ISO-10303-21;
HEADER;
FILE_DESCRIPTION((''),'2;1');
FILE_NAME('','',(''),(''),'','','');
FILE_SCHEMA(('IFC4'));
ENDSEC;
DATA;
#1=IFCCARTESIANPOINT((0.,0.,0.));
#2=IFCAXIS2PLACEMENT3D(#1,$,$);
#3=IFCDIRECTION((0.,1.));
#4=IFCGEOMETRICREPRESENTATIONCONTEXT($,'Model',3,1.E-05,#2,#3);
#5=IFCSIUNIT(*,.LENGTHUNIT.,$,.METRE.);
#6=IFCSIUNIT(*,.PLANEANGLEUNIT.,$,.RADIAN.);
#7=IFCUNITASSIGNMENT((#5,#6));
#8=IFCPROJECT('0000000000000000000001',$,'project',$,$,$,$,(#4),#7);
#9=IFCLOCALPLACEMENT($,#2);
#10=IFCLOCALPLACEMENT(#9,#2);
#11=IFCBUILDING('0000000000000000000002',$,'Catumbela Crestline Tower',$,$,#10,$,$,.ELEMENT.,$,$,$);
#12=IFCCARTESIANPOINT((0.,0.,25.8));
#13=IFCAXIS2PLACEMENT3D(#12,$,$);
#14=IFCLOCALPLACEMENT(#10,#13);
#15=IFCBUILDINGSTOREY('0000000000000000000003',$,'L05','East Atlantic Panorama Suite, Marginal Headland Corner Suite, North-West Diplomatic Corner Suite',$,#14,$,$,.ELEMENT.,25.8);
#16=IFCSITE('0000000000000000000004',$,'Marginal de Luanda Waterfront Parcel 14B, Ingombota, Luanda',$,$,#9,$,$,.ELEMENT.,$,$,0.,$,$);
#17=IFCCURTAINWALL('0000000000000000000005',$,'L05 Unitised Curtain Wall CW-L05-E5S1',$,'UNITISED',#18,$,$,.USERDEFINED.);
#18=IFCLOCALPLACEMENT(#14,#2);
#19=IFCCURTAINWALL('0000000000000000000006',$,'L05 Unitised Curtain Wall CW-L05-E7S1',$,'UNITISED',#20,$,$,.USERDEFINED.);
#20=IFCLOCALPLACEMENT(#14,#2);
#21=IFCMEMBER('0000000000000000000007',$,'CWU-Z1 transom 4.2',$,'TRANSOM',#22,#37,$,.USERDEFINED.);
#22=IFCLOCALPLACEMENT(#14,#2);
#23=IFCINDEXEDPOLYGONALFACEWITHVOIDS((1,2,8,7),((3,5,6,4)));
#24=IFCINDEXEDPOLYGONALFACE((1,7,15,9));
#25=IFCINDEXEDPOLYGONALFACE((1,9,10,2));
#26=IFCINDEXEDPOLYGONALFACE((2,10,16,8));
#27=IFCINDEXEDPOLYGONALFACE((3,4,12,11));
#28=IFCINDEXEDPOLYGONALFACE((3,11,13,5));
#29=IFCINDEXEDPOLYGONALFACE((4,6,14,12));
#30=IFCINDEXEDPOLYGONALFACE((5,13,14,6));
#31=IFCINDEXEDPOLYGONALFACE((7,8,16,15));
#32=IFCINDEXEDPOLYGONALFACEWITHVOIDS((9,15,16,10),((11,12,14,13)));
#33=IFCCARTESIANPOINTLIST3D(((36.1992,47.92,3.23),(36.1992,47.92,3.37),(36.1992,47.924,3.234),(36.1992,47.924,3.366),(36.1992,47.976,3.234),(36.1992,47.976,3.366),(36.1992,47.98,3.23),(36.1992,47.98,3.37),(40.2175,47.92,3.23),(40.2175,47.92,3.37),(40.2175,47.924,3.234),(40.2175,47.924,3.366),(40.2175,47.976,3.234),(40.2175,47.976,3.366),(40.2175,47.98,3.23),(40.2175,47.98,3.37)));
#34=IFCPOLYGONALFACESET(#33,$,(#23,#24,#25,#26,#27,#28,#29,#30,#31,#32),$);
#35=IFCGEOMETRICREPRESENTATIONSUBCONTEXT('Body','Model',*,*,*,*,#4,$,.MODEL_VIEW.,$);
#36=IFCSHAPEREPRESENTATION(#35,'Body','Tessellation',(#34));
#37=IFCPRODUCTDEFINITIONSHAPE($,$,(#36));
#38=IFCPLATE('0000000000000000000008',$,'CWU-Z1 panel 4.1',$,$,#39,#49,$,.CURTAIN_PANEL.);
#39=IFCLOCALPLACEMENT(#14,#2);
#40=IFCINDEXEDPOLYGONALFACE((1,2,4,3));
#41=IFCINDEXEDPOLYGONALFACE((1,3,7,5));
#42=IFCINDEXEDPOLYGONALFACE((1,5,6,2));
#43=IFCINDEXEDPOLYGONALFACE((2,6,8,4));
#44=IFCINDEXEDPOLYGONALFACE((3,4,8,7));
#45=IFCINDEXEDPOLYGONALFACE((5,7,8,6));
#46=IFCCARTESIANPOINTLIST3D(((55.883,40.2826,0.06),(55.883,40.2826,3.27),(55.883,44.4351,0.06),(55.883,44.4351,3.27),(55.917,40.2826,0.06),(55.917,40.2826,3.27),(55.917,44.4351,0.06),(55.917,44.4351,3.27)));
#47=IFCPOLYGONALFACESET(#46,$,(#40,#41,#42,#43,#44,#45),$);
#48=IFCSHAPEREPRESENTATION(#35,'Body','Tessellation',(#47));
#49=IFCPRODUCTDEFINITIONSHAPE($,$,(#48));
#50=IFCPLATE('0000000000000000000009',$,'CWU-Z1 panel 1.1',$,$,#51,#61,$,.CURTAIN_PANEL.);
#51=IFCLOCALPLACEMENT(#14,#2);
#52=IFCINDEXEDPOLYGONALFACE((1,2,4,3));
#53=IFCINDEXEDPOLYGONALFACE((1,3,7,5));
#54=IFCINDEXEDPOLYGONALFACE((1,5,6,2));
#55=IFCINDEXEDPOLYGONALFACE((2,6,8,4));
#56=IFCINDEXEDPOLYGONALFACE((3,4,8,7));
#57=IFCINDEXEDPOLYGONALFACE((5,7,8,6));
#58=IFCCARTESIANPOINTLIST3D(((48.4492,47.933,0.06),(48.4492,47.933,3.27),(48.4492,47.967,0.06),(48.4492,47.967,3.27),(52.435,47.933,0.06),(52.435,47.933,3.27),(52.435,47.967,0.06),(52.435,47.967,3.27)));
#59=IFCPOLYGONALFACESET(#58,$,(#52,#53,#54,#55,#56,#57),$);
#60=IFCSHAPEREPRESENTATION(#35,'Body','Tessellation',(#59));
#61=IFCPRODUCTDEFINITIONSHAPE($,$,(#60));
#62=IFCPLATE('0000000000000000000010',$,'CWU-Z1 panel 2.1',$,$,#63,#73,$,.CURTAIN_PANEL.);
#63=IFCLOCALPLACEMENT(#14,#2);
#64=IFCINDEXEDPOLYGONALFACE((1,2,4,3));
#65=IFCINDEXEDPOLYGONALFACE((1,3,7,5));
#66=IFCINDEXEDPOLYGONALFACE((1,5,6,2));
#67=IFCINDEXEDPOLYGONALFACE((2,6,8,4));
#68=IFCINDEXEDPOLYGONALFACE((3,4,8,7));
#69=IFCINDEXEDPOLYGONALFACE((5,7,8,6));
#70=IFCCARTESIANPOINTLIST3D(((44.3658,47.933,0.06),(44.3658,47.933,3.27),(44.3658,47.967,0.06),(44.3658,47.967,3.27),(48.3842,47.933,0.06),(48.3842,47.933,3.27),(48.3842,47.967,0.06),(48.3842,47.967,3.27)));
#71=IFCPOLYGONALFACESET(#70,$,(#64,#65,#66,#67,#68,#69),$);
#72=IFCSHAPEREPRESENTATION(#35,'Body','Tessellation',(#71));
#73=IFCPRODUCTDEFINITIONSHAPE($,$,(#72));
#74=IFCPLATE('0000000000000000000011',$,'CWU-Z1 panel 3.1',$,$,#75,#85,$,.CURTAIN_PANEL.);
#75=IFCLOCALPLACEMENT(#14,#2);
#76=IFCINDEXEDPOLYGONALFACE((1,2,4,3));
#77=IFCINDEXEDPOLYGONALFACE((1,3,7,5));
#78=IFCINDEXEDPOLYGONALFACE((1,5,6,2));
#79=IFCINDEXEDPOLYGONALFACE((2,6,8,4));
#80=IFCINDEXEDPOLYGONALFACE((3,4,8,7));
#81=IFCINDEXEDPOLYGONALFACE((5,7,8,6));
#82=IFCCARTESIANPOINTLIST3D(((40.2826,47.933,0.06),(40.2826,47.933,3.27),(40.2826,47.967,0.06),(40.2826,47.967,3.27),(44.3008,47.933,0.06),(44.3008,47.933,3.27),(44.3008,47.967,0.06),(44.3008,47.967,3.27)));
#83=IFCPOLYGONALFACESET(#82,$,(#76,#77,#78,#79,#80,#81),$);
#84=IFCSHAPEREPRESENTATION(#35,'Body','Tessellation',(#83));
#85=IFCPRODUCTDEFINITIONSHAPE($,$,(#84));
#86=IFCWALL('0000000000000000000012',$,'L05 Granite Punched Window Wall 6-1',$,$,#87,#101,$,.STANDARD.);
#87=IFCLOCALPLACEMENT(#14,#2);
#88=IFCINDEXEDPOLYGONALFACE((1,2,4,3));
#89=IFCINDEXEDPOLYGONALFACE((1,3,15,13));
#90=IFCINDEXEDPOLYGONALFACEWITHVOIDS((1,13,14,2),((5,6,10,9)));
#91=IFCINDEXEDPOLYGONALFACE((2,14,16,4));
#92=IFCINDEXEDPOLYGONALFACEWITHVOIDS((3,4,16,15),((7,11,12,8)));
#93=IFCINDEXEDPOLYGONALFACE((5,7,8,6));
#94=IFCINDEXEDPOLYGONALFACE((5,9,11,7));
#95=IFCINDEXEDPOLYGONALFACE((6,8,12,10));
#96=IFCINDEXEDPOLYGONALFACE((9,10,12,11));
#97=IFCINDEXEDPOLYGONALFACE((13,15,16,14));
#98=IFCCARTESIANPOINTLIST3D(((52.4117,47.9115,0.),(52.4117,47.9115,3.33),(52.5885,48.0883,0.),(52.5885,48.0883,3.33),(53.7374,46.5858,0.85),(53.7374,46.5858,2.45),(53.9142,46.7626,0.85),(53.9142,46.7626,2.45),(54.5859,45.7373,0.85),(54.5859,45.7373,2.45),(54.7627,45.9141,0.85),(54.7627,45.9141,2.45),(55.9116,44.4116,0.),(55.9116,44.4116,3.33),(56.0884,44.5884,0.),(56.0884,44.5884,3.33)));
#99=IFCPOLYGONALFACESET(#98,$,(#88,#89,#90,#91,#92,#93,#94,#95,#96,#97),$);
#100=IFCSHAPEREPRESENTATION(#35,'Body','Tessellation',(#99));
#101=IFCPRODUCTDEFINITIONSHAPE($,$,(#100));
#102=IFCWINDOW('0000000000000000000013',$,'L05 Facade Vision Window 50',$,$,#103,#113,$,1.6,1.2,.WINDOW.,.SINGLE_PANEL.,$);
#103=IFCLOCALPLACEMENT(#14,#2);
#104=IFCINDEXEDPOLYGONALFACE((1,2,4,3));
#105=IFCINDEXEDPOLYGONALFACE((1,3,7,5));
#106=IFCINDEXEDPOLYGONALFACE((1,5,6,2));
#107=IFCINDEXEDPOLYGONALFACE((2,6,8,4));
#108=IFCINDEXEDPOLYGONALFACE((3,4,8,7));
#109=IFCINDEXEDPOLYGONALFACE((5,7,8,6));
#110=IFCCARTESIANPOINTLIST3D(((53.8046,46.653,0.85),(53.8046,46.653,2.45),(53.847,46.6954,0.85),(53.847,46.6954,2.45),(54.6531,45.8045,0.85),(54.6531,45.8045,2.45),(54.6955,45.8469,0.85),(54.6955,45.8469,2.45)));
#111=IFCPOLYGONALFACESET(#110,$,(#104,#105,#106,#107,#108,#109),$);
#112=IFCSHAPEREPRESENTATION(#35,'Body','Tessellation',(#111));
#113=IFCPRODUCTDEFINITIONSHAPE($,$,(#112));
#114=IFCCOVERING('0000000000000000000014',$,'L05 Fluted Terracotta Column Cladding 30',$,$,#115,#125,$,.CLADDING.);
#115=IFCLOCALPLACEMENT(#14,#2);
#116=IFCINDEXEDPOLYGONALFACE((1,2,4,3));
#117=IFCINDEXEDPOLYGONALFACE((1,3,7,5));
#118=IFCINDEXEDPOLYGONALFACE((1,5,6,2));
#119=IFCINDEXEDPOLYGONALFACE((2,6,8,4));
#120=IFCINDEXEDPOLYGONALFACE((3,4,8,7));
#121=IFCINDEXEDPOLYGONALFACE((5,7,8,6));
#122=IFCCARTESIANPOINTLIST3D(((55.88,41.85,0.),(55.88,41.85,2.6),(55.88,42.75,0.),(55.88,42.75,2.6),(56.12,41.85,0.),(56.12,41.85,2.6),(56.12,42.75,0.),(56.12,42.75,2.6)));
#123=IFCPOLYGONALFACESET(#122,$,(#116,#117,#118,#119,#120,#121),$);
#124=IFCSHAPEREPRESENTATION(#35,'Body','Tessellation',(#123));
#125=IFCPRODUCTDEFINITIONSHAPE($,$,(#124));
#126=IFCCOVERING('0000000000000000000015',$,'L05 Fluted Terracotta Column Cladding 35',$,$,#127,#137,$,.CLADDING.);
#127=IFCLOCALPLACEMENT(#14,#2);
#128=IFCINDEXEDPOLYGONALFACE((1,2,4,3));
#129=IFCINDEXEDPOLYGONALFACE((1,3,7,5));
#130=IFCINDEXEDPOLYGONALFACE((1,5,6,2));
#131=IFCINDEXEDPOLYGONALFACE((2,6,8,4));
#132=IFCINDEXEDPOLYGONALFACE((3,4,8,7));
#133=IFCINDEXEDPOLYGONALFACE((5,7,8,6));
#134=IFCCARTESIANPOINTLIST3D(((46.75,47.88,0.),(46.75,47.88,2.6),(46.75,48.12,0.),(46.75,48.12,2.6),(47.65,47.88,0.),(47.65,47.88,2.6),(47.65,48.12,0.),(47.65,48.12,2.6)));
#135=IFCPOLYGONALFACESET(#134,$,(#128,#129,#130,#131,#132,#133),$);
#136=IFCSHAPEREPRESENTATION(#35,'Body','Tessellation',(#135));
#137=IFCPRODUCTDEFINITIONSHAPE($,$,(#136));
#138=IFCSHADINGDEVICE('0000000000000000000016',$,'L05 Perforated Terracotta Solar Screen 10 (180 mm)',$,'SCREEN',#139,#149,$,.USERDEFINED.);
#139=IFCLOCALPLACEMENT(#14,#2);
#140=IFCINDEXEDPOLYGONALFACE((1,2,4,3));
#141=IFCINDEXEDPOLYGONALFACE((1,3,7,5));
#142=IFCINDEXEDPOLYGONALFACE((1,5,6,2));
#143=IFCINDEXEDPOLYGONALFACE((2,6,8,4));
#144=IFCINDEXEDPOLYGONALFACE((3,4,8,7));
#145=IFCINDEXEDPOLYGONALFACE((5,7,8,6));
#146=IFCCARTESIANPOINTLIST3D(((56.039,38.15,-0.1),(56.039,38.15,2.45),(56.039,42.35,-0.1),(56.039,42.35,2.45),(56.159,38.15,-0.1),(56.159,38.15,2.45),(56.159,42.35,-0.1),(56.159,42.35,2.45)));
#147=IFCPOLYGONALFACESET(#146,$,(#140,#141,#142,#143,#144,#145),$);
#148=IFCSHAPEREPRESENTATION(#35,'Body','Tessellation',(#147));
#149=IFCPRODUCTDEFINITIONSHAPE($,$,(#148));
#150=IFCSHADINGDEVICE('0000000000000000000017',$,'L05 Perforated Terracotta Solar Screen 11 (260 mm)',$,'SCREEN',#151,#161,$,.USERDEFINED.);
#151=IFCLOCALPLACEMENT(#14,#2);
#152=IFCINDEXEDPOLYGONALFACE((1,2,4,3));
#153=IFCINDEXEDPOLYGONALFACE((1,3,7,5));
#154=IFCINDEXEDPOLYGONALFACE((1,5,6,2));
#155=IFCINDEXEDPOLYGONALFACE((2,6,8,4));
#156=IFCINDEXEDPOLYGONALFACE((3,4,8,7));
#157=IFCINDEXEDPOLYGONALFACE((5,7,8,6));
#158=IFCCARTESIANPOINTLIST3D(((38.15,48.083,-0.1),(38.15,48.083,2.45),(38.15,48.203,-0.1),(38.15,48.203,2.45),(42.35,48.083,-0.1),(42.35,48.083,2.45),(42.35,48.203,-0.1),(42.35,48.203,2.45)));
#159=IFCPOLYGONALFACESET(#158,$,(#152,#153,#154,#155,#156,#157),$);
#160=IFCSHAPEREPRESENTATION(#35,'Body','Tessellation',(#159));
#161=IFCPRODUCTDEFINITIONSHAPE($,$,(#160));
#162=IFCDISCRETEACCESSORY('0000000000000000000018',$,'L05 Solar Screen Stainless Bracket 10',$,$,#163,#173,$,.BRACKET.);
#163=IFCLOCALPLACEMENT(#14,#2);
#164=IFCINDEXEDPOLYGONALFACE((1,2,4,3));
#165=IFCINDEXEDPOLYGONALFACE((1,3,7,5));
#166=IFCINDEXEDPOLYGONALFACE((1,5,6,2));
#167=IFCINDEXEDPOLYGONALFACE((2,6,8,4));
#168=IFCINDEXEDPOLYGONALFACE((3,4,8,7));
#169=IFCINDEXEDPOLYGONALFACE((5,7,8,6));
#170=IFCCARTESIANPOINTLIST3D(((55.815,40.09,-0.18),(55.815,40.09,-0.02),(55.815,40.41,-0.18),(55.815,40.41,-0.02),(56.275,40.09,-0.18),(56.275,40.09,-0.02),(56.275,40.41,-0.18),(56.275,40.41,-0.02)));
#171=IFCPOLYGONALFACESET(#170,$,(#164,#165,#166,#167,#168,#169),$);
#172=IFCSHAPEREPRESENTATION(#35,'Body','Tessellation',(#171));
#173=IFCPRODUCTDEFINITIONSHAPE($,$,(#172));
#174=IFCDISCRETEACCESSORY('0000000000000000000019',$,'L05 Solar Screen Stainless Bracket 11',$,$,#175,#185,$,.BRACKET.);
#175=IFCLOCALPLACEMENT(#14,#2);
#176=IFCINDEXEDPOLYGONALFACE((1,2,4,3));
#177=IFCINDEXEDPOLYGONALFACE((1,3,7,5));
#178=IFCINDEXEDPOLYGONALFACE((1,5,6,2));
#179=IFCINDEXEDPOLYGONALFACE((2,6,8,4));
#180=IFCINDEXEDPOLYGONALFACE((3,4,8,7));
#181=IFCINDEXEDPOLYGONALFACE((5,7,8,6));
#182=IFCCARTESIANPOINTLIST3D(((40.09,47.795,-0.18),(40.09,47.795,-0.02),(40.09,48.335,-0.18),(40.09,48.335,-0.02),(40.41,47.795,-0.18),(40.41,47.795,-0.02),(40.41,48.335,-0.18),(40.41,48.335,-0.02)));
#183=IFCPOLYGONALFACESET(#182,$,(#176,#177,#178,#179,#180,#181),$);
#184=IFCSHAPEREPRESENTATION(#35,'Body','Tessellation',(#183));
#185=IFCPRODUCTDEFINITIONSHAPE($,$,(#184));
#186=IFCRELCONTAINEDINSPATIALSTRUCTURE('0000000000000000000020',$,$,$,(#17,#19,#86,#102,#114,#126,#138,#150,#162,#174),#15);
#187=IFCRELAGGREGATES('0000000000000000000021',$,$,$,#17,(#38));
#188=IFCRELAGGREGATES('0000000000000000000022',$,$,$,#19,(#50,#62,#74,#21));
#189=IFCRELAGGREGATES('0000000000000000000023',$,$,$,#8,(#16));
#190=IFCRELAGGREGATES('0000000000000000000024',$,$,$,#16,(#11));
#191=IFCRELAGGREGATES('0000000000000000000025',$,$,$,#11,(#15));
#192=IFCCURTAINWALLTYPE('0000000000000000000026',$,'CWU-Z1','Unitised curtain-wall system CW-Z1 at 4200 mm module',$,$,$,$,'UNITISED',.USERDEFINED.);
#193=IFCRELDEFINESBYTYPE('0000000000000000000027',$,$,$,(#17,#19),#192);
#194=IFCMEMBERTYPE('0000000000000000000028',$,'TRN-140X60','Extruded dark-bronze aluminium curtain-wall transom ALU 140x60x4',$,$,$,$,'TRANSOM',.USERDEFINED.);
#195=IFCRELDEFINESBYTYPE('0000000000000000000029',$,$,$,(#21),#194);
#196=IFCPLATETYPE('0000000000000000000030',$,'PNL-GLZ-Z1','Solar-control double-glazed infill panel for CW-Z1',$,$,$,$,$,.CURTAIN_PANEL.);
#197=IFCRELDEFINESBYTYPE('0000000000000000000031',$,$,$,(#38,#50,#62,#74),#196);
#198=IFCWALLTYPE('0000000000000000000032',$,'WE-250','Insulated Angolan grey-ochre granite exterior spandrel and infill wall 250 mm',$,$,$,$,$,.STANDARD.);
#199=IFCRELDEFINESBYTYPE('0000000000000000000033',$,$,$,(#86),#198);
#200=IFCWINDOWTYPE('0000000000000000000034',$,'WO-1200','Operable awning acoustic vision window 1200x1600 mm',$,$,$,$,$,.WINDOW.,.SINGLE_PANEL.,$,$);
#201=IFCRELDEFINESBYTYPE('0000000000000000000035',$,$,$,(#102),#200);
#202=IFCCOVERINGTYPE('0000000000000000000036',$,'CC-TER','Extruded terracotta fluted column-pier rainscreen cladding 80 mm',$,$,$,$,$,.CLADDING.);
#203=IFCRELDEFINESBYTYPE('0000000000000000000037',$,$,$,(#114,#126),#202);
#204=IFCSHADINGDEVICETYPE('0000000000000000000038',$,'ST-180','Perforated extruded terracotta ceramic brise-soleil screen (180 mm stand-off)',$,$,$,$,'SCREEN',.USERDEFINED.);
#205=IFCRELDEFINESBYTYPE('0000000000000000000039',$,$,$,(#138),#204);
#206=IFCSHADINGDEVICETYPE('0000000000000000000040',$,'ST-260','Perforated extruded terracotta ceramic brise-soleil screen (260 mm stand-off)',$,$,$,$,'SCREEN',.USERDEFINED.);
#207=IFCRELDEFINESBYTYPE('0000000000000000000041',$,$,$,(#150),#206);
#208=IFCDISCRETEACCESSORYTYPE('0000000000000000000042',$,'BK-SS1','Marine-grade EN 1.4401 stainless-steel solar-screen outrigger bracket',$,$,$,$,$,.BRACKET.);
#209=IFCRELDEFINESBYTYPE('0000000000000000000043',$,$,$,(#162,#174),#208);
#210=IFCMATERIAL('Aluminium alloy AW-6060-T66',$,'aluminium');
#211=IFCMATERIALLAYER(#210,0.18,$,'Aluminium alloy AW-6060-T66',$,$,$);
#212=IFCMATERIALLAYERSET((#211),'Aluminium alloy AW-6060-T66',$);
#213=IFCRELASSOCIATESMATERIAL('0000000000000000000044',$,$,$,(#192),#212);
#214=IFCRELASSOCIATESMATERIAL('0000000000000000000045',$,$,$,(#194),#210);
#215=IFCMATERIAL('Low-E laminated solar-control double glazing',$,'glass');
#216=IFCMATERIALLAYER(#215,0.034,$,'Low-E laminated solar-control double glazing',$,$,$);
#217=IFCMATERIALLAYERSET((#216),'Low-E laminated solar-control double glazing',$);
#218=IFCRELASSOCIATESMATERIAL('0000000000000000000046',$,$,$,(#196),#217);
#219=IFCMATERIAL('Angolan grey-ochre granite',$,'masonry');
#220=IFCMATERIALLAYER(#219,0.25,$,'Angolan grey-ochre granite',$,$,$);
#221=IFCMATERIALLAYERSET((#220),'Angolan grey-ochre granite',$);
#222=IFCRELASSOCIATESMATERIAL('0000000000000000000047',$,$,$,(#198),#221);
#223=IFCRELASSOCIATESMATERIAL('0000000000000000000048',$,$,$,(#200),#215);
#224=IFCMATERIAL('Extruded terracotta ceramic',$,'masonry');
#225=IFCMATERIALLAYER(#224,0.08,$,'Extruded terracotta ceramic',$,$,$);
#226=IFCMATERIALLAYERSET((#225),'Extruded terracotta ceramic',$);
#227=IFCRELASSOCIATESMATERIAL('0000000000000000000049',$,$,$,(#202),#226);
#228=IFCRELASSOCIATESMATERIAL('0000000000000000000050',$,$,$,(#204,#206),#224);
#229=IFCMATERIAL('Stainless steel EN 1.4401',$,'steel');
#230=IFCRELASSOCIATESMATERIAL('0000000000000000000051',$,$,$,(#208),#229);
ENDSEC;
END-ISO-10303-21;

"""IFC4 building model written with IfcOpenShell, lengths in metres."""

from ifc_helpers import new_model, si_unit, direction, frame, frame_2d, origin, origin_2d, place, context, subcontext, project, spatial, rectangle, hollow_rectangle, extrude, material, layer, layer_set, material_profile, profile_set, type_object, element, fill, aggregate, save


model = new_model("IFC4")

# Units and contexts
model_context = context("Model", 3, precision=1e-05, world=origin(), true_north=direction((0.0, 1.0)))
body_context = subcontext(model_context, "Body", "Model", "MODEL_VIEW")
ifc_project = project(units=[si_unit("LENGTHUNIT", "METRE"), si_unit("PLANEANGLEUNIT", "RADIAN")], contexts=[model_context])

# Site, building, storey
site_placement = place(None, origin())
site = spatial("IfcSite", under=ifc_project, at=site_placement, Name="Marginal de Luanda Waterfront Parcel 14B, Ingombota, Luanda", CompositionType="ELEMENT", RefElevation=0.0)
building_placement = place(site_placement, origin())
building = spatial("IfcBuilding", under=site, at=building_placement, Name="Catumbela Crestline Tower", CompositionType="ELEMENT")
storey_placement = place(building_placement, frame((0.0, 0.0, 25.8)))
storey = spatial("IfcBuildingStorey", under=building, at=storey_placement, Name="L05", Description="East Atlantic Panorama Suite, Marginal Headland Corner Suite, North-West Diplomatic Corner Suite", CompositionType="ELEMENT", Elevation=25.8)

# Curtain wall
ifc_material_1 = material(Name="Aluminium alloy AW-6060-T66", Category="aluminium")
ifc_layer_1 = layer(ifc_material_1, 0.18, Name="Aluminium alloy AW-6060-T66")
ifc_layer_set_1 = layer_set([ifc_layer_1], Name="Aluminium alloy AW-6060-T66")
curtain_wall_type = type_object("IfcCurtainWallType", Name="CWU-Z1", Description="Unitised curtain-wall system CW-Z1 at 4200 mm module", ElementType="UNITISED", PredefinedType="USERDEFINED", material=ifc_layer_set_1)
curtain_wall_1_placement = place(storey_placement, origin())
curtain_wall_1 = element("IfcCurtainWall", 1, at=curtain_wall_1_placement, inside=storey, type_object=curtain_wall_type, Name="L05 Unitised Curtain Wall CW-L05-E5S1", ObjectType="UNITISED", PredefinedType="USERDEFINED")

# Curtain wall
curtain_wall_2_placement = place(storey_placement, origin())
curtain_wall_2 = element("IfcCurtainWall", 2, at=curtain_wall_2_placement, inside=storey, type_object=curtain_wall_type, Name="L05 Unitised Curtain Wall CW-L05-E7S1", ObjectType="UNITISED", PredefinedType="USERDEFINED")

# Member
ifc_material_profile_1 = material_profile(ifc_material_1, hollow_rectangle(XDim=0.06, YDim=0.14, WallThickness=0.004, at=origin_2d()), Name="ALU 140x60x4")
ifc_profile_set_1 = profile_set([ifc_material_profile_1], Name="Aluminium alloy AW-6060-T66")
member_type_1 = type_object("IfcMemberType", Name="TRN-140X60", Description="Extruded dark-bronze aluminium curtain-wall transom ALU 140x60x4", ElementType="TRANSOM", PredefinedType="USERDEFINED", material=ifc_profile_set_1)
member_1_placement = place(storey_placement, frame((40.2175, 47.95, 3.3), z_axis=(-1.0, 0.0, 0.0), x_axis=(0.0, -1.0, 0.0)))
member_1 = element("IfcMember", 3, at=member_1_placement, type_object=member_type_1, Name="CWU-Z1 transom 4.2", ObjectType="TRANSOM", PredefinedType="USERDEFINED", context=body_context, shape_type="SweptSolid", body=[
    extrude(hollow_rectangle(XDim=0.06, YDim=0.14, WallThickness=0.004, at=origin_2d()), origin(), (0.0, 0.0, 1.0), 4.0183),
])

# Plates
ifc_material_2 = material(Name="Low-E laminated solar-control double glazing", Category="glass")
ifc_layer_2 = layer(ifc_material_2, 0.034, Name="Low-E laminated solar-control double glazing")
ifc_layer_set_2 = layer_set([ifc_layer_2], Name="Low-E laminated solar-control double glazing")
plate_type = type_object("IfcPlateType", Name="PNL-GLZ-Z1", Description="Solar-control double-glazed infill panel for CW-Z1", PredefinedType="CURTAIN_PANEL", material=ifc_layer_set_2)
plate_1_placement = place(storey_placement, frame((55.9, 42.3588, 0.06), z_axis=(0.0, 0.0, 1.0), x_axis=(0.0, 1.0, 0.0)))
plate_1 = element("IfcPlate", 4, at=plate_1_placement, type_object=plate_type, Name="CWU-Z1 panel 4.1", PredefinedType="CURTAIN_PANEL", context=body_context, shape_type="SweptSolid", body=[
    extrude(rectangle(XDim=4.1525, YDim=0.034, at=origin_2d()), origin(), (0.0, 0.0, 1.0), 3.21),
])
aggregate(curtain_wall_1, [plate_1])
plate_2_placement = place(storey_placement, frame((50.4421, 47.95, 0.06), z_axis=(0.0, 0.0, 1.0), x_axis=(-1.0, 0.0, 0.0)))
plate_2 = element("IfcPlate", 5, at=plate_2_placement, type_object=plate_type, Name="CWU-Z1 panel 1.1", PredefinedType="CURTAIN_PANEL", context=body_context, shape_type="SweptSolid", body=[
    extrude(rectangle(XDim=3.9858, YDim=0.034, at=origin_2d()), origin(), (0.0, 0.0, 1.0), 3.21),
])
plate_3_placement = place(storey_placement, frame((46.375, 47.95, 0.06), z_axis=(0.0, 0.0, 1.0), x_axis=(-1.0, 0.0, 0.0)))
plate_3 = element("IfcPlate", 6, at=plate_3_placement, type_object=plate_type, Name="CWU-Z1 panel 2.1", PredefinedType="CURTAIN_PANEL", context=body_context, shape_type="SweptSolid", body=[
    extrude(rectangle(XDim=4.0183, YDim=0.034, at=origin_2d()), origin(), (0.0, 0.0, 1.0), 3.21),
])
plate_4_placement = place(storey_placement, frame((42.2917, 47.95, 0.06), z_axis=(0.0, 0.0, 1.0), x_axis=(-1.0, 0.0, 0.0)))
plate_4 = element("IfcPlate", 7, at=plate_4_placement, type_object=plate_type, Name="CWU-Z1 panel 3.1", PredefinedType="CURTAIN_PANEL", context=body_context, shape_type="SweptSolid", body=[
    extrude(rectangle(XDim=4.0183, YDim=0.034, at=origin_2d()), origin(), (0.0, 0.0, 1.0), 3.21),
])
aggregate(curtain_wall_2, [plate_2, plate_3, plate_4, member_1])

# Wall, opening, window
ifc_material_3 = material(Name="Angolan grey-ochre granite", Category="masonry")
ifc_layer_3 = layer(ifc_material_3, 0.25, Name="Angolan grey-ochre granite")
ifc_layer_set_3 = layer_set([ifc_layer_3], Name="Angolan grey-ochre granite")
wall_type = type_object("IfcWallType", Name="WE-250", Description="Insulated Angolan grey-ochre granite exterior spandrel and infill wall 250 mm", PredefinedType="STANDARD", material=ifc_layer_set_3)
wall_placement = place(storey_placement, frame((56.0, 44.5, 0.0), z_axis=(0.0, 0.0, 1.0), x_axis=(-0.707107, 0.707107, 0.0)))
wall = element("IfcWall", 8, at=wall_placement, inside=storey, type_object=wall_type, Name="L05 Granite Punched Window Wall 6-1", PredefinedType="STANDARD", context=body_context, shape_type="SweptSolid", body=[
    extrude(rectangle(XDim=4.9497, YDim=0.25, at=frame_2d((2.4748, 0.0))), origin(), (0.0, 0.0, 1.0), 3.33),
])
opening_placement = place(wall_placement, frame((1.8748, 0.0, 0.85)))
opening = element("IfcOpeningElement", 9, at=opening_placement, cuts=wall, PredefinedType="OPENING", context=body_context, shape_type="SweptSolid", body=[
    extrude(rectangle(XDim=1.2, YDim=1.6, at=frame_2d((0.6, 0.8))), frame((0.0, 0.135, 0.0), z_axis=(0.0, -1.0, 0.0), x_axis=(1.0, 0.0, 0.0)), (0.0, 0.0, 1.0), 0.27),
])
window_type = type_object("IfcWindowType", Name="WO-1200", Description="Operable awning acoustic vision window 1200x1600 mm", PartitioningType="SINGLE_PANEL", PredefinedType="WINDOW", material=ifc_material_2)
window_placement = place(opening_placement, origin())
window = element("IfcWindow", 10, at=window_placement, inside=storey, type_object=window_type, Name="L05 Facade Vision Window 50", OverallHeight=1.6, OverallWidth=1.2, PartitioningType="SINGLE_PANEL", PredefinedType="WINDOW", context=body_context, shape_type="SweptSolid", body=[
    extrude(rectangle(XDim=1.2, YDim=1.6, at=frame_2d((0.6, 0.8))), frame((0.0, 0.03, 0.0), z_axis=(0.0, -1.0, 0.0), x_axis=(1.0, 0.0, 0.0)), (0.0, 0.0, 1.0), 0.06),
])
fill(opening, window)

# Coverings
ifc_material_4 = material(Name="Extruded terracotta ceramic", Category="masonry")
ifc_layer_4 = layer(ifc_material_4, 0.08, Name="Extruded terracotta ceramic")
ifc_layer_set_4 = layer_set([ifc_layer_4], Name="Extruded terracotta ceramic")
covering_type = type_object("IfcCoveringType", Name="CC-TER", Description="Extruded terracotta fluted column-pier rainscreen cladding 80 mm", PredefinedType="CLADDING", material=ifc_layer_set_4)
for number, where, z_axis, x_axis, name in (
    (11, (56.0, 42.3, 0.0), (0.0, 0.0, 1.0), (0.0, 1.0, 0.0), "L05 Fluted Terracotta Column Cladding 30"),
    (12, (47.2, 48.0, 0.0), (0.0, 0.0, 1.0), (-1.0, 0.0, 0.0), "L05 Fluted Terracotta Column Cladding 35"),
):
    element("IfcCovering", number, at=place(storey_placement, frame(where, z_axis=z_axis, x_axis=x_axis)), inside=storey, type_object=covering_type, Name=name, PredefinedType="CLADDING", context=body_context, shape_type="SweptSolid", body=[
        extrude(rectangle(XDim=0.9, YDim=0.24, at=origin_2d()), origin(), (0.0, 0.0, 1.0), 2.6),
    ])

# Shading devices
shading_device_type_1 = type_object("IfcShadingDeviceType", Name="ST-180", Description="Perforated extruded terracotta ceramic brise-soleil screen (180 mm stand-off)", ElementType="SCREEN", PredefinedType="USERDEFINED", material=ifc_material_4)
shading_device_1_placement = place(storey_placement, frame((56.099, 40.25, -0.1), z_axis=(0.0, 0.0, 1.0), x_axis=(0.0, 1.0, 0.0)))
element("IfcShadingDevice", 13, at=shading_device_1_placement, inside=storey, type_object=shading_device_type_1, Name="L05 Perforated Terracotta Solar Screen 10 (180 mm)", ObjectType="SCREEN", PredefinedType="USERDEFINED", context=body_context, shape_type="SweptSolid", body=[
    extrude(rectangle(XDim=4.2, YDim=0.12, at=origin_2d()), origin(), (0.0, 0.0, 1.0), 2.55),
])
shading_device_type_2 = type_object("IfcShadingDeviceType", Name="ST-260", Description="Perforated extruded terracotta ceramic brise-soleil screen (260 mm stand-off)", ElementType="SCREEN", PredefinedType="USERDEFINED", material=ifc_material_4)
shading_device_2_placement = place(storey_placement, frame((40.25, 48.143, -0.1), z_axis=(0.0, 0.0, 1.0), x_axis=(-1.0, 0.0, 0.0)))
element("IfcShadingDevice", 14, at=shading_device_2_placement, inside=storey, type_object=shading_device_type_2, Name="L05 Perforated Terracotta Solar Screen 11 (260 mm)", ObjectType="SCREEN", PredefinedType="USERDEFINED", context=body_context, shape_type="SweptSolid", body=[
    extrude(rectangle(XDim=4.2, YDim=0.12, at=origin_2d()), origin(), (0.0, 0.0, 1.0), 2.55),
])

# Discrete accessories
ifc_material_5 = material(Name="Stainless steel EN 1.4401", Category="steel")
discrete_accessory_type = type_object("IfcDiscreteAccessoryType", Name="BK-SS1", Description="Marine-grade EN 1.4401 stainless-steel solar-screen outrigger bracket", PredefinedType="BRACKET", material=ifc_material_5)
discrete_accessory_1_placement = place(storey_placement, frame((56.045, 40.25, -0.18), z_axis=(0.0, 0.0, 1.0), x_axis=(0.0, 1.0, 0.0)))
element("IfcDiscreteAccessory", 15, at=discrete_accessory_1_placement, inside=storey, type_object=discrete_accessory_type, Name="L05 Solar Screen Stainless Bracket 10", PredefinedType="BRACKET", context=body_context, shape_type="SweptSolid", body=[
    extrude(rectangle(XDim=0.32, YDim=0.46, at=origin_2d()), origin(), (0.0, 0.0, 1.0), 0.16),
])
discrete_accessory_2_placement = place(storey_placement, frame((40.25, 48.065, -0.18), z_axis=(0.0, 0.0, 1.0), x_axis=(-1.0, 0.0, 0.0)))
element("IfcDiscreteAccessory", 16, at=discrete_accessory_2_placement, inside=storey, type_object=discrete_accessory_type, Name="L05 Solar Screen Stainless Bracket 11", PredefinedType="BRACKET", context=body_context, shape_type="SweptSolid", body=[
    extrude(rectangle(XDim=0.32, YDim=0.54, at=origin_2d()), origin(), (0.0, 0.0, 1.0), 0.16),
])

save(model, "model.ifc")
